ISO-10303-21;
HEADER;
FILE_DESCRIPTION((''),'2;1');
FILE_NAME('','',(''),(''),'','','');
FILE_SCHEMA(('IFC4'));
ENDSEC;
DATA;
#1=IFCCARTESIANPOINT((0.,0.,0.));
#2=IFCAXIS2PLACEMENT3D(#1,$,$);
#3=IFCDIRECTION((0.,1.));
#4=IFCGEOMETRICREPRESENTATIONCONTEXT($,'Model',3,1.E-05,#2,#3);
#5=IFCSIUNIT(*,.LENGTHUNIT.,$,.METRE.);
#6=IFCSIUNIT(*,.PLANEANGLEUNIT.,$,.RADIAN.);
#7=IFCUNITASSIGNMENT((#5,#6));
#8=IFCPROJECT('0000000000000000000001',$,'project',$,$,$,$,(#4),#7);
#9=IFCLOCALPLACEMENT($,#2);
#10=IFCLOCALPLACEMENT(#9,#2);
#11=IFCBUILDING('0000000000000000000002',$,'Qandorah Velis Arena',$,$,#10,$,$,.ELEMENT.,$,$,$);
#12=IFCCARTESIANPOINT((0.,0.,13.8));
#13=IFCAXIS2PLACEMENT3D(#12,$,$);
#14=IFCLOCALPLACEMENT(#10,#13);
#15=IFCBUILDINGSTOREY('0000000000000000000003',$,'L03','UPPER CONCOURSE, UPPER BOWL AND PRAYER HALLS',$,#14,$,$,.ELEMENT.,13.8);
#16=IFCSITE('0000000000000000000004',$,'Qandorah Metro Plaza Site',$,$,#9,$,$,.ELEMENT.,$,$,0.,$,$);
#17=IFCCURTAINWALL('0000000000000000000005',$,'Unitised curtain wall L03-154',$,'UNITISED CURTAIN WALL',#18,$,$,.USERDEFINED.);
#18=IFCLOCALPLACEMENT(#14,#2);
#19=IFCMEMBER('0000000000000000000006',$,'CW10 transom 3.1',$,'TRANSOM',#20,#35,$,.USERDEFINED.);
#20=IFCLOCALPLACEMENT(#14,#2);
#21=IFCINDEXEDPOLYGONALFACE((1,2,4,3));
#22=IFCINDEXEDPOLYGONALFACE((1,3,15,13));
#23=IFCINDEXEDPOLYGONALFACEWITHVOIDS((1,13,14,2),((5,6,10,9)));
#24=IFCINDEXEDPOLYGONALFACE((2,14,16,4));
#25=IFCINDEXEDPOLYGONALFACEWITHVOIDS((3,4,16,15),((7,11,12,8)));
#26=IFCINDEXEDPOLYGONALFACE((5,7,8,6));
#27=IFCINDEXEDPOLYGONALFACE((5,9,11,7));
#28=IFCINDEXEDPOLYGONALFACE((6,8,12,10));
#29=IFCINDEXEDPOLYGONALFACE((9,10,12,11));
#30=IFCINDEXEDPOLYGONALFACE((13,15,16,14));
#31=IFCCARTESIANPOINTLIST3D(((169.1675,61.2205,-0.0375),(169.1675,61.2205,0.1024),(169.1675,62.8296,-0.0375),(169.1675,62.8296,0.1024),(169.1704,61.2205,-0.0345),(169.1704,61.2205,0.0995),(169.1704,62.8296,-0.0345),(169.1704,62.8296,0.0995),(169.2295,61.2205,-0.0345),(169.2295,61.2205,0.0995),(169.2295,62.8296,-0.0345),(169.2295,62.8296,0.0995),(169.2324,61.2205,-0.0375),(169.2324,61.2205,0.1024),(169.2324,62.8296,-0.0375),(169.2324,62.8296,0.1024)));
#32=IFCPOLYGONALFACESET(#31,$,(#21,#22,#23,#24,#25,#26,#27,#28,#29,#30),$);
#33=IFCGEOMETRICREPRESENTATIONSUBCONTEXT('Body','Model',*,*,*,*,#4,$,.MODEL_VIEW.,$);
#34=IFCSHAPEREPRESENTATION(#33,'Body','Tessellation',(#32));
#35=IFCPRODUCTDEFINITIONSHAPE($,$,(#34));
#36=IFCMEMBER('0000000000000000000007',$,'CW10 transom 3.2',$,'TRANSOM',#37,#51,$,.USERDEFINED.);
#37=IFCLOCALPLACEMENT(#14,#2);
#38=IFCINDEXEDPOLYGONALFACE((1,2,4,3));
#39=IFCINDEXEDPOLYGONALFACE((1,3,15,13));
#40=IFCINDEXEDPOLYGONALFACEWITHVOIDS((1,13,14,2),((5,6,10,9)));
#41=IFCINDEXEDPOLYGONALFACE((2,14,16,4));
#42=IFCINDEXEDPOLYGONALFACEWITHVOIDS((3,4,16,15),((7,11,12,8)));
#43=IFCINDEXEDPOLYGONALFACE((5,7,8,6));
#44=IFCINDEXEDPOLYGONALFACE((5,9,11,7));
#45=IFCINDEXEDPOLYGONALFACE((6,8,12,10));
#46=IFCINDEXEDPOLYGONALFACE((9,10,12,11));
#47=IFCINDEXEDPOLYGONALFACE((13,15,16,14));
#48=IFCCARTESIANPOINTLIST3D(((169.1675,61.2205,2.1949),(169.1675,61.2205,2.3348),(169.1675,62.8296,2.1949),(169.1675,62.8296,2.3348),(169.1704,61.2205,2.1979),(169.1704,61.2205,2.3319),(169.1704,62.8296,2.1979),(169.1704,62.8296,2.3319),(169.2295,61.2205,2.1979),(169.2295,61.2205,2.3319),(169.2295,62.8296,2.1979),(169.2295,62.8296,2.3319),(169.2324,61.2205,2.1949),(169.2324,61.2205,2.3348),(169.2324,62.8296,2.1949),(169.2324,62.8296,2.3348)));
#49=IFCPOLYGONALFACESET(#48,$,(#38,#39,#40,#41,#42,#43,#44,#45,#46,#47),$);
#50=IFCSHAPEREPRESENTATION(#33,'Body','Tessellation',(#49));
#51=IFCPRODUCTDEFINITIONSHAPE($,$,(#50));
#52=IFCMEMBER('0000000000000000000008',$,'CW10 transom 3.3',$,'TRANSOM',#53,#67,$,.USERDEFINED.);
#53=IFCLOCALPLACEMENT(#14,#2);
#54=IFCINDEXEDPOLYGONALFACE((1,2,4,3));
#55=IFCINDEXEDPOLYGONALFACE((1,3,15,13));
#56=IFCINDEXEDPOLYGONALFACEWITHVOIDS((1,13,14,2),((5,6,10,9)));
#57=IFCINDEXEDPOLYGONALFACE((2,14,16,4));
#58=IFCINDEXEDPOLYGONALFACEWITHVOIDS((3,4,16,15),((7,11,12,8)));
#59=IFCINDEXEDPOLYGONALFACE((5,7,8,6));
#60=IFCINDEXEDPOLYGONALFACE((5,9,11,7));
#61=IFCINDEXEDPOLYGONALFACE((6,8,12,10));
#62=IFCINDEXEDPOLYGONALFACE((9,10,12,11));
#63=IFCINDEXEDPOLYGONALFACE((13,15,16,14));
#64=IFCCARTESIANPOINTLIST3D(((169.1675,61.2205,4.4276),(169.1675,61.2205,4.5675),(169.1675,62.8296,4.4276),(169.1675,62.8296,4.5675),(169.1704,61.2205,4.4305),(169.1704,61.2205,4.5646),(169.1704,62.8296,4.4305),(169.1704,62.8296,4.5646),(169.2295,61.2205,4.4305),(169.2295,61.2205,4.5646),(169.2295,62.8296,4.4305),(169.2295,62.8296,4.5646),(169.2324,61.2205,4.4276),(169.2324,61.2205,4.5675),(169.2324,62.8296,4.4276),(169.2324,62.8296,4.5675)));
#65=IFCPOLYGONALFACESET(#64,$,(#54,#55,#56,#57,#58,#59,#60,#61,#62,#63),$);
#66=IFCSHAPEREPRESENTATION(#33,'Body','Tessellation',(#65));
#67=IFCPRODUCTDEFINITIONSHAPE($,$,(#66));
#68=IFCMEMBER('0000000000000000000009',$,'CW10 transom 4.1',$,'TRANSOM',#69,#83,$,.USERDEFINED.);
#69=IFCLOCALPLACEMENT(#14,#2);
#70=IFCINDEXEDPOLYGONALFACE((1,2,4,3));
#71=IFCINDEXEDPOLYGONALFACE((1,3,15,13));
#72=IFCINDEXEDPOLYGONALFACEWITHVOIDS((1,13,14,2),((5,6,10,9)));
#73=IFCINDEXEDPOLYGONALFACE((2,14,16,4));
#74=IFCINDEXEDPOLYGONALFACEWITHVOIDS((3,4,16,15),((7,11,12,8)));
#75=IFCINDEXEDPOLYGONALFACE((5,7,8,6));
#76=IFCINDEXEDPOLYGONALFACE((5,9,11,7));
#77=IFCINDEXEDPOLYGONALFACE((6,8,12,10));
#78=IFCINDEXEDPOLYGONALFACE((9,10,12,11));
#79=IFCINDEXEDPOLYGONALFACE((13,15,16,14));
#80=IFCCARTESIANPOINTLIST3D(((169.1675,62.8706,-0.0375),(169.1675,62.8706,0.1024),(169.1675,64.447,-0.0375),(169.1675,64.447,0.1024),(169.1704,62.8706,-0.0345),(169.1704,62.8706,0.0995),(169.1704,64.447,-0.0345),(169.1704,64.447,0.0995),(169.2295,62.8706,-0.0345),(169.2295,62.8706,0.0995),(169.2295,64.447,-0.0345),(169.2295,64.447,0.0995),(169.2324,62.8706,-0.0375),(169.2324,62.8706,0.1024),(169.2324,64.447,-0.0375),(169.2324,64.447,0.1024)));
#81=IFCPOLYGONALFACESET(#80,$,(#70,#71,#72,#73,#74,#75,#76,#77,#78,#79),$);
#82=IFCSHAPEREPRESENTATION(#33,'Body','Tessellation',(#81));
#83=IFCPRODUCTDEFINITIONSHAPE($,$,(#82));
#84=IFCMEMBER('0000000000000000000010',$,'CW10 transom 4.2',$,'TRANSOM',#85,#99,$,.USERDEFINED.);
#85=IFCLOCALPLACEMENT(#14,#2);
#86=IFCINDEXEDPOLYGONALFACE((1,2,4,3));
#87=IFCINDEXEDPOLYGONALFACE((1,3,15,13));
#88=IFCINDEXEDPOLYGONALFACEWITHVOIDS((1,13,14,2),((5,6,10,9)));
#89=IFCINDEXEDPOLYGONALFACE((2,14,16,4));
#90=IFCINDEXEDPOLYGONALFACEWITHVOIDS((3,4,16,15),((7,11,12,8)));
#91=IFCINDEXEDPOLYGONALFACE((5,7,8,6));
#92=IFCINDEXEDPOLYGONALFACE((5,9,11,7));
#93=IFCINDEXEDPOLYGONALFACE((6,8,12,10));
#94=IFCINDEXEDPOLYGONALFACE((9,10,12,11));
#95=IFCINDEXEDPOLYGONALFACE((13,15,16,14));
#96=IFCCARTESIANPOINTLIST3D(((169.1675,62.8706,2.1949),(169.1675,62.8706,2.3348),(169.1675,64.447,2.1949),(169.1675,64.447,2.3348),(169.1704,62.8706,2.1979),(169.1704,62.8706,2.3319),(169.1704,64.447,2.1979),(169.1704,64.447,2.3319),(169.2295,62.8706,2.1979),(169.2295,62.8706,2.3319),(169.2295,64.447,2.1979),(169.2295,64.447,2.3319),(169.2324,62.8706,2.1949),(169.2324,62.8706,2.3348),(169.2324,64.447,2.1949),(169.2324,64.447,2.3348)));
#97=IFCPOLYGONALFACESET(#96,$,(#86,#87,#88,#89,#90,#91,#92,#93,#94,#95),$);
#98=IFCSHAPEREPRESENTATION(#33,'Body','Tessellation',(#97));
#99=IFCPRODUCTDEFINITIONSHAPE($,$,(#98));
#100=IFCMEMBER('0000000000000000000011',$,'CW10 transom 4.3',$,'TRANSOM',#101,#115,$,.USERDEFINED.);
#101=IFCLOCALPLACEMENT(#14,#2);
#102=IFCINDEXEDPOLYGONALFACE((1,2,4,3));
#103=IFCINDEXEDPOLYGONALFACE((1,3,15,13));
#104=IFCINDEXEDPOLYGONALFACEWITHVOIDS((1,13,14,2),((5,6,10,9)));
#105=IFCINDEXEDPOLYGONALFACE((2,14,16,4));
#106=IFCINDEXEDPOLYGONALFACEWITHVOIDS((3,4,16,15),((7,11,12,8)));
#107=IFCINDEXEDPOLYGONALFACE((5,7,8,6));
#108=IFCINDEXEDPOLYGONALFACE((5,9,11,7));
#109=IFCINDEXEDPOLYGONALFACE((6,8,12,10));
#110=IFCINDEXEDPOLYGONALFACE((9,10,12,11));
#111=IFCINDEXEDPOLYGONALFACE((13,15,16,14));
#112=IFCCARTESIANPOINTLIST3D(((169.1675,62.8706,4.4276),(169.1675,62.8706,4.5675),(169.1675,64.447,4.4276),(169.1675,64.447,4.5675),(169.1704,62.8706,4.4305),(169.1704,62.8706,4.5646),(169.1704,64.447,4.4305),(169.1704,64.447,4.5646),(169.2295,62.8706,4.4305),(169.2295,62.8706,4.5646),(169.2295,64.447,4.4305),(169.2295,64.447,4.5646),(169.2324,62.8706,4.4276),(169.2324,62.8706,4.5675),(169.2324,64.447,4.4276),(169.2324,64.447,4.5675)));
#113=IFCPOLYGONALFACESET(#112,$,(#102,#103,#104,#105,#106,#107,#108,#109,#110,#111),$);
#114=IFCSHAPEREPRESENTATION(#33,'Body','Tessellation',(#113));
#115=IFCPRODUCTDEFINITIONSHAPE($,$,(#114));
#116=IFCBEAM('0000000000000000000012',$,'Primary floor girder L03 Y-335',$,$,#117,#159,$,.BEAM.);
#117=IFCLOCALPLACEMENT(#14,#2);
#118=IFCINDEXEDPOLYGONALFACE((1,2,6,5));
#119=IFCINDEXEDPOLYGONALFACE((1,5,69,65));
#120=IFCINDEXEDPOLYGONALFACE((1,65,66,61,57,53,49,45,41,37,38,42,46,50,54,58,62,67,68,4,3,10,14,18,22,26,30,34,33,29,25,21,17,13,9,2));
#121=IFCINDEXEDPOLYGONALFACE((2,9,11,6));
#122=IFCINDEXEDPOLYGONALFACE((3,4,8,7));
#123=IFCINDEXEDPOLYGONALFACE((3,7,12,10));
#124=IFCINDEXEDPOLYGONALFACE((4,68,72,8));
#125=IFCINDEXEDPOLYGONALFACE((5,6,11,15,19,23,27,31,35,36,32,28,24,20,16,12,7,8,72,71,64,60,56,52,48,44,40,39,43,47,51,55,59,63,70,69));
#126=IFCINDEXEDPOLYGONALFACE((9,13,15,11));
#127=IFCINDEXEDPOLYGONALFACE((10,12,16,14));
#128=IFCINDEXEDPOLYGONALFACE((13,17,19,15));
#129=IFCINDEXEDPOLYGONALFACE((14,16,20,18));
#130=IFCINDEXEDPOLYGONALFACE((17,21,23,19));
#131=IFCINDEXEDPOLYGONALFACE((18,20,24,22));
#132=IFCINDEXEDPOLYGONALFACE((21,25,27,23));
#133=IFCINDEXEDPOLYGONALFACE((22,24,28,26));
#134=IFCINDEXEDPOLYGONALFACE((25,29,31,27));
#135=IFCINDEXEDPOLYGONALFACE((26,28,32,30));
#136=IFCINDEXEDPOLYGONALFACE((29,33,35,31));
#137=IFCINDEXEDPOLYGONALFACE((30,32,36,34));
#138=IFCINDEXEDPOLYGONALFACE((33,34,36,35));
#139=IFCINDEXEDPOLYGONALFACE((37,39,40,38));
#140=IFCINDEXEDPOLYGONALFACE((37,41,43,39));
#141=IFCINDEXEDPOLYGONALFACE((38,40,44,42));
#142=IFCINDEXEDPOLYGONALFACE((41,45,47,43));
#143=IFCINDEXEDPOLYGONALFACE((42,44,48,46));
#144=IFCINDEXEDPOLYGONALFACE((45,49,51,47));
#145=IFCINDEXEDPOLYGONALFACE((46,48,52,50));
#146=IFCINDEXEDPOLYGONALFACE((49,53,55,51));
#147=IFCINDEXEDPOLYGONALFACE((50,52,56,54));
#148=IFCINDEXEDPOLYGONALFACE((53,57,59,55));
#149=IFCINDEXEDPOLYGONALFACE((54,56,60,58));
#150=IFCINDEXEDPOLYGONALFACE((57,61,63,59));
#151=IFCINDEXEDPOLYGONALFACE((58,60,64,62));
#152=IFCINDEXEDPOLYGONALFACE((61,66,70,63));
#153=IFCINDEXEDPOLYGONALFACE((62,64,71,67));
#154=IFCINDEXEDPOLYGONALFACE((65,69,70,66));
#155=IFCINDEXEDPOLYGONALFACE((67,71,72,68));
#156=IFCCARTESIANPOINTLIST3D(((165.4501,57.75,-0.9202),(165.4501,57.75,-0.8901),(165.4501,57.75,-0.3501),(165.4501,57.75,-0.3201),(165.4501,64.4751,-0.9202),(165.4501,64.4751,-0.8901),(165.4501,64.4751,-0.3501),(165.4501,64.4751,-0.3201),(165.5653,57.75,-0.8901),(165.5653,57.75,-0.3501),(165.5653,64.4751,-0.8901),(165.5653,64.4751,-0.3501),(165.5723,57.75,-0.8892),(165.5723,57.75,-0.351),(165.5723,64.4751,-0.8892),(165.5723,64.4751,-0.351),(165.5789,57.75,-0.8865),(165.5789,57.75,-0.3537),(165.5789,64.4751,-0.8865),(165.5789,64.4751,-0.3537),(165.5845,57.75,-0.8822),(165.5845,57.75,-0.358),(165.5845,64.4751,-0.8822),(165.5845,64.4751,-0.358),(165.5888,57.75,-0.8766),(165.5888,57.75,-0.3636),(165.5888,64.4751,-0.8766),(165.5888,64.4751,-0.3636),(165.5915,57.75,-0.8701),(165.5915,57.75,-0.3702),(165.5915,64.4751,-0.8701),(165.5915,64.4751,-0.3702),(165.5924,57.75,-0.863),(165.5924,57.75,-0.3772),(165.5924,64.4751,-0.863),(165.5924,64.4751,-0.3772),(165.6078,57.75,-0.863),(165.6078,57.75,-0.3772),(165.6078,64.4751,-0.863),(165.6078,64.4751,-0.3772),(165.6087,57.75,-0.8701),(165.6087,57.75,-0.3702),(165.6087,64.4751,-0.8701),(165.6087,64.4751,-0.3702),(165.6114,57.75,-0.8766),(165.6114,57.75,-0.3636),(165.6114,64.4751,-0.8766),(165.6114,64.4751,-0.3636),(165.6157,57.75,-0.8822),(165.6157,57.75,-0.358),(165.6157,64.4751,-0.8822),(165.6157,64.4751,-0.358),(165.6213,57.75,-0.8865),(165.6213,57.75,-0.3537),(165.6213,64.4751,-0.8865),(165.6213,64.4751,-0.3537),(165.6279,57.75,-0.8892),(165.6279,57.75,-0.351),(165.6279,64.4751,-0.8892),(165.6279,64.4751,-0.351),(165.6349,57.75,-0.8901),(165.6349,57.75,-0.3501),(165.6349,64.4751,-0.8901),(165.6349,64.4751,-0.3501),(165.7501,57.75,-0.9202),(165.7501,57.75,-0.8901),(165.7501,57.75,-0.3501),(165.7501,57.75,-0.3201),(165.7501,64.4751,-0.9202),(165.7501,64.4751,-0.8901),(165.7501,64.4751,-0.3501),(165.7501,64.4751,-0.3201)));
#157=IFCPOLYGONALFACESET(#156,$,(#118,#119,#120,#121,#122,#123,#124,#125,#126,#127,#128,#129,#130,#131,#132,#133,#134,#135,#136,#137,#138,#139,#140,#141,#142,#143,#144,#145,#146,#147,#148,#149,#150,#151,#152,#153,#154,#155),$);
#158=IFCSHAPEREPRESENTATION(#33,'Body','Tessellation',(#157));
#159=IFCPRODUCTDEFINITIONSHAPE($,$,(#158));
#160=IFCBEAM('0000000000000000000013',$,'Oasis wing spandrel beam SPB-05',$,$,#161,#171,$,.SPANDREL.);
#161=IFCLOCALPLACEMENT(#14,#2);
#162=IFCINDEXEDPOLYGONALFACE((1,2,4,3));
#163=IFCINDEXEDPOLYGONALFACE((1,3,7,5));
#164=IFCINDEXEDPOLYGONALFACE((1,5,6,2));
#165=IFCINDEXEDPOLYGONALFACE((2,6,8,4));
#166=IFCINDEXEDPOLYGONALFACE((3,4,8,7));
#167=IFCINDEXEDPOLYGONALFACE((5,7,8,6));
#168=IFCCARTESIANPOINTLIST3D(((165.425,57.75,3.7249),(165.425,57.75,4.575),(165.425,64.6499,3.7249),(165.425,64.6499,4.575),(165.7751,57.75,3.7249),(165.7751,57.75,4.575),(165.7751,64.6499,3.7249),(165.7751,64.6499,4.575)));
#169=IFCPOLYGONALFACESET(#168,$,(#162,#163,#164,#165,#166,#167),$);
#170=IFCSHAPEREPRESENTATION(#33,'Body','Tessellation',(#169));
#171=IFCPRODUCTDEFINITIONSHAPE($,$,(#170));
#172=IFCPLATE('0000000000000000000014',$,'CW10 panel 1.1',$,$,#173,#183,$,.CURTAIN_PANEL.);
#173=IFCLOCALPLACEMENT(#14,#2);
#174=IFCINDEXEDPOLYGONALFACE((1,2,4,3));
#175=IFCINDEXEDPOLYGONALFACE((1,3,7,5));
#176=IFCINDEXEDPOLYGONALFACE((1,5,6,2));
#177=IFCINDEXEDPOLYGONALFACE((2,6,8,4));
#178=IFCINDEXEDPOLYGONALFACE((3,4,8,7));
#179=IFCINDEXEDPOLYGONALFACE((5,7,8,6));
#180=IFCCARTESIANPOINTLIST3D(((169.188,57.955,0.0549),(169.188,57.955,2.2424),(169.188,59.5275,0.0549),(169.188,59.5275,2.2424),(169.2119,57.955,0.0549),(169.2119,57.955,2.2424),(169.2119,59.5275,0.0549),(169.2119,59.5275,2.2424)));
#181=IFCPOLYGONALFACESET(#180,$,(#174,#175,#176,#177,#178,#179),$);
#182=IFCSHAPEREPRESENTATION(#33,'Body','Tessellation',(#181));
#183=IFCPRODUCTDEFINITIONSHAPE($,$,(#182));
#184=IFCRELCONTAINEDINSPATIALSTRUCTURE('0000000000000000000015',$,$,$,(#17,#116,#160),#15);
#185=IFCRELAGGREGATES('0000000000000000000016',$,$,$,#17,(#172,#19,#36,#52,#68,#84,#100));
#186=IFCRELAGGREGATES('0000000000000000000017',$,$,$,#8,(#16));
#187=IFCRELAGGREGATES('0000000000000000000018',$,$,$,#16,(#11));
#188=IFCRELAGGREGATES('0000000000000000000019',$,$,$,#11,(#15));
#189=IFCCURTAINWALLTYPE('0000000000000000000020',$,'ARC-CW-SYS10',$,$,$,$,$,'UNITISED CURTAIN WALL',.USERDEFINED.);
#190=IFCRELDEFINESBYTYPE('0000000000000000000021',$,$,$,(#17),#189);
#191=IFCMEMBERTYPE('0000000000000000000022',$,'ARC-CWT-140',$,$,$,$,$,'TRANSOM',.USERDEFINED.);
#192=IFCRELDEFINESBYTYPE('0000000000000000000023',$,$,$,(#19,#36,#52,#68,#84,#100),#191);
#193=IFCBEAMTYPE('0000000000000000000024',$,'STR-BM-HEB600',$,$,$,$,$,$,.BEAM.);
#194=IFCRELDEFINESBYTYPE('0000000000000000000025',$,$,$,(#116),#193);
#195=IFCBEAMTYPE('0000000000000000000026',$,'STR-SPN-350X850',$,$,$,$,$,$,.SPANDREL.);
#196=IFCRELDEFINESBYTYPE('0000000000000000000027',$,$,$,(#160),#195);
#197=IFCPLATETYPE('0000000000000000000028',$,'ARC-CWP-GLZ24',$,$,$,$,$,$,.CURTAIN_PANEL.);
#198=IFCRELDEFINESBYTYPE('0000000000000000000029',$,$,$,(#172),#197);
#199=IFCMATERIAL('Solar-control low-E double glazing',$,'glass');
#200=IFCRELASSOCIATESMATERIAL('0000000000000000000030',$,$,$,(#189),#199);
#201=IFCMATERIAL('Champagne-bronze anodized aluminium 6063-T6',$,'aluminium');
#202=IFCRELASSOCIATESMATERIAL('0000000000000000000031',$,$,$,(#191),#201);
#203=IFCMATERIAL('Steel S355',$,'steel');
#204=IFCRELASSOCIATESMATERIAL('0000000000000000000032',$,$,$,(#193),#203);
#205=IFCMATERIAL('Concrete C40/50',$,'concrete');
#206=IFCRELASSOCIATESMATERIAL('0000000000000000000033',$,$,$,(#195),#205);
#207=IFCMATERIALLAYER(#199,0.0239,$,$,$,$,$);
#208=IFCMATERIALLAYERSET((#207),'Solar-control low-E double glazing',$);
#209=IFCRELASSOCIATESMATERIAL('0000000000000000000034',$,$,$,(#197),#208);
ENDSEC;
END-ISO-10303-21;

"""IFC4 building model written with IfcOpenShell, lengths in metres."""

from ifc_helpers import new_model, si_unit, direction, frame, origin, origin_2d, place, context, subcontext, project, spatial, rectangle, hollow_rectangle, i_section, extrude, material, layer, layer_set, material_profile, profile_set, type_object, element, aggregate, save


model = new_model("IFC4")

# Units and contexts
model_context = context("Model", 3, precision=1e-05, world=origin(), true_north=direction((0.0, 1.0)))
body_context = subcontext(model_context, "Body", "Model", "MODEL_VIEW")
ifc_project = project(units=[si_unit("LENGTHUNIT", "METRE"), si_unit("PLANEANGLEUNIT", "RADIAN")], contexts=[model_context])

# Site, building, storey
site_placement = place(None, origin())
site = spatial("IfcSite", under=ifc_project, at=site_placement, Name="Qandorah Metro Plaza Site", CompositionType="ELEMENT", RefElevation=0.0)
building_placement = place(site_placement, origin())
building = spatial("IfcBuilding", under=site, at=building_placement, Name="Qandorah Velis Arena", CompositionType="ELEMENT")
storey_placement = place(building_placement, frame((0.0, 0.0, 13.8)))
storey = spatial("IfcBuildingStorey", under=building, at=storey_placement, Name="L03", Description="UPPER CONCOURSE, UPPER BOWL AND PRAYER HALLS", CompositionType="ELEMENT", Elevation=13.8)

# Shared definitions
ifc_material_1 = material(Name="Concrete C40/50", Category="concrete")

# Curtain wall, members
ifc_material_2 = material(Name="Solar-control low-E double glazing", Category="glass")
curtain_wall_type = type_object("IfcCurtainWallType", Name="ARC-CW-SYS10", ElementType="UNITISED CURTAIN WALL", PredefinedType="USERDEFINED", material=ifc_material_2)
curtain_wall_placement = place(storey_placement, origin())
curtain_wall = element("IfcCurtainWall", 1, at=curtain_wall_placement, inside=storey, type_object=curtain_wall_type, Name="Unitised curtain wall L03-154", ObjectType="UNITISED CURTAIN WALL", PredefinedType="USERDEFINED")
ifc_material_3 = material(Name="Champagne-bronze anodized aluminium 6063-T6", Category="aluminium")
ifc_material_profile_1 = material_profile(ifc_material_3, hollow_rectangle(XDim=0.0649, YDim=0.1399, WallThickness=0.0029, at=origin_2d()), Name="ALU TRANSOM 65x140")
ifc_profile_set_1 = profile_set([ifc_material_profile_1], Name="Champagne-bronze anodized aluminium 6063-T6")
member_type_1 = type_object("IfcMemberType", Name="ARC-CWT-140", ElementType="TRANSOM", PredefinedType="USERDEFINED", material=ifc_profile_set_1)
member_1_placement = place(storey_placement, frame((169.2, 61.2205, 0.0325), z_axis=(0.0, 1.0, 0.0), x_axis=(-1.0, 0.0, 0.0)))
member_1 = element("IfcMember", 2, at=member_1_placement, type_object=member_type_1, Name="CW10 transom 3.1", ObjectType="TRANSOM", PredefinedType="USERDEFINED", context=body_context, shape_type="SweptSolid", body=[
    extrude(hollow_rectangle(XDim=0.0649, YDim=0.1399, WallThickness=0.0029, at=origin_2d()), origin(), (0.0, 0.0, 1.0), 1.6091),
])
member_2_placement = place(storey_placement, frame((169.2, 61.2205, 2.2649), z_axis=(0.0, 1.0, 0.0), x_axis=(-1.0, 0.0, 0.0)))
member_2 = element("IfcMember", 3, at=member_2_placement, type_object=member_type_1, Name="CW10 transom 3.2", ObjectType="TRANSOM", PredefinedType="USERDEFINED", context=body_context, shape_type="SweptSolid", body=[
    extrude(hollow_rectangle(XDim=0.0649, YDim=0.1399, WallThickness=0.0029, at=origin_2d()), origin(), (0.0, 0.0, 1.0), 1.6091),
])
member_3_placement = place(storey_placement, frame((169.2, 61.2205, 4.4976), z_axis=(0.0, 1.0, 0.0), x_axis=(-1.0, 0.0, 0.0)))
member_3 = element("IfcMember", 4, at=member_3_placement, type_object=member_type_1, Name="CW10 transom 3.3", ObjectType="TRANSOM", PredefinedType="USERDEFINED", context=body_context, shape_type="SweptSolid", body=[
    extrude(hollow_rectangle(XDim=0.0649, YDim=0.1399, WallThickness=0.0029, at=origin_2d()), origin(), (0.0, 0.0, 1.0), 1.6091),
])
member_4_placement = place(storey_placement, frame((169.2, 62.8706, 0.0325), z_axis=(0.0, 1.0, 0.0), x_axis=(-1.0, 0.0, 0.0)))
member_4 = element("IfcMember", 5, at=member_4_placement, type_object=member_type_1, Name="CW10 transom 4.1", ObjectType="TRANSOM", PredefinedType="USERDEFINED", context=body_context, shape_type="SweptSolid", body=[
    extrude(hollow_rectangle(XDim=0.0649, YDim=0.1399, WallThickness=0.0029, at=origin_2d()), origin(), (0.0, 0.0, 1.0), 1.5764),
])
member_5_placement = place(storey_placement, frame((169.2, 62.8706, 2.2649), z_axis=(0.0, 1.0, 0.0), x_axis=(-1.0, 0.0, 0.0)))
member_5 = element("IfcMember", 6, at=member_5_placement, type_object=member_type_1, Name="CW10 transom 4.2", ObjectType="TRANSOM", PredefinedType="USERDEFINED", context=body_context, shape_type="SweptSolid", body=[
    extrude(hollow_rectangle(XDim=0.0649, YDim=0.1399, WallThickness=0.0029, at=origin_2d()), origin(), (0.0, 0.0, 1.0), 1.5764),
])
member_6_placement = place(storey_placement, frame((169.2, 62.8706, 4.4976), z_axis=(0.0, 1.0, 0.0), x_axis=(-1.0, 0.0, 0.0)))
member_6 = element("IfcMember", 7, at=member_6_placement, type_object=member_type_1, Name="CW10 transom 4.3", ObjectType="TRANSOM", PredefinedType="USERDEFINED", context=body_context, shape_type="SweptSolid", body=[
    extrude(hollow_rectangle(XDim=0.0649, YDim=0.1399, WallThickness=0.0029, at=origin_2d()), origin(), (0.0, 0.0, 1.0), 1.5764),
])

# Beams
ifc_material_4 = material(Name="Steel S355", Category="steel")
ifc_material_profile_2 = material_profile(ifc_material_4, i_section(OverallWidth=0.3, OverallDepth=0.6001, WebThickness=0.0154, FlangeThickness=0.03, FilletRadius=0.0271, at=origin_2d()), Name="HEB 600")
ifc_profile_set_2 = profile_set([ifc_material_profile_2], Name="Steel S355")
beam_type_1 = type_object("IfcBeamType", Name="STR-BM-HEB600", PredefinedType="BEAM", material=ifc_profile_set_2)
beam_1_placement = place(storey_placement, frame((165.6001, 57.75, -0.6201), z_axis=(0.0, 1.0, 0.0), x_axis=(-1.0, 0.0, 0.0)))
element("IfcBeam", 8, at=beam_1_placement, inside=storey, type_object=beam_type_1, Name="Primary floor girder L03 Y-335", PredefinedType="BEAM", context=body_context, shape_type="SweptSolid", body=[
    extrude(i_section(OverallWidth=0.3, OverallDepth=0.6001, WebThickness=0.0154, FlangeThickness=0.03, FilletRadius=0.0271, at=origin_2d()), origin(), (0.0, 0.0, 1.0), 6.7251),
])
ifc_material_profile_3 = material_profile(ifc_material_1, rectangle(XDim=0.3501, YDim=0.8501, at=origin_2d()), Name="RC SPANDREL 350x850")
ifc_profile_set_3 = profile_set([ifc_material_profile_3], Name="Concrete C40/50")
beam_type_2 = type_object("IfcBeamType", Name="STR-SPN-350X850", PredefinedType="SPANDREL", material=ifc_profile_set_3)
beam_2_placement = place(storey_placement, frame((165.6001, 57.75, 4.1499), z_axis=(0.0, 1.0, 0.0), x_axis=(-1.0, 0.0, 0.0)))
element("IfcBeam", 9, at=beam_2_placement, inside=storey, type_object=beam_type_2, Name="Oasis wing spandrel beam SPB-05", PredefinedType="SPANDREL", context=body_context, shape_type="SweptSolid", body=[
    extrude(rectangle(XDim=0.3501, YDim=0.8501, at=origin_2d()), origin(), (0.0, 0.0, 1.0), 6.8999),
])

# Plate
ifc_layer_1 = layer(ifc_material_2, 0.0239)
ifc_layer_set_1 = layer_set([ifc_layer_1], Name="Solar-control low-E double glazing")
plate_type = type_object("IfcPlateType", Name="ARC-CWP-GLZ24", PredefinedType="CURTAIN_PANEL", material=ifc_layer_set_1)
plate_1_placement = place(storey_placement, frame((169.2, 58.7412, 0.0549), z_axis=(0.0, 0.0, 1.0), x_axis=(0.0, 1.0, 0.0)))
plate_1 = element("IfcPlate", 10, at=plate_1_placement, type_object=plate_type, Name="CW10 panel 1.1", PredefinedType="CURTAIN_PANEL", context=body_context, shape_type="SweptSolid", body=[
    extrude(rectangle(XDim=1.5725, YDim=0.0239, at=origin_2d()), origin(), (0.0, 0.0, 1.0), 2.1875),
])
aggregate(curtain_wall, [plate_1, member_1, member_2, member_3, member_4, member_5, member_6])

save(model, "model.ifc")
